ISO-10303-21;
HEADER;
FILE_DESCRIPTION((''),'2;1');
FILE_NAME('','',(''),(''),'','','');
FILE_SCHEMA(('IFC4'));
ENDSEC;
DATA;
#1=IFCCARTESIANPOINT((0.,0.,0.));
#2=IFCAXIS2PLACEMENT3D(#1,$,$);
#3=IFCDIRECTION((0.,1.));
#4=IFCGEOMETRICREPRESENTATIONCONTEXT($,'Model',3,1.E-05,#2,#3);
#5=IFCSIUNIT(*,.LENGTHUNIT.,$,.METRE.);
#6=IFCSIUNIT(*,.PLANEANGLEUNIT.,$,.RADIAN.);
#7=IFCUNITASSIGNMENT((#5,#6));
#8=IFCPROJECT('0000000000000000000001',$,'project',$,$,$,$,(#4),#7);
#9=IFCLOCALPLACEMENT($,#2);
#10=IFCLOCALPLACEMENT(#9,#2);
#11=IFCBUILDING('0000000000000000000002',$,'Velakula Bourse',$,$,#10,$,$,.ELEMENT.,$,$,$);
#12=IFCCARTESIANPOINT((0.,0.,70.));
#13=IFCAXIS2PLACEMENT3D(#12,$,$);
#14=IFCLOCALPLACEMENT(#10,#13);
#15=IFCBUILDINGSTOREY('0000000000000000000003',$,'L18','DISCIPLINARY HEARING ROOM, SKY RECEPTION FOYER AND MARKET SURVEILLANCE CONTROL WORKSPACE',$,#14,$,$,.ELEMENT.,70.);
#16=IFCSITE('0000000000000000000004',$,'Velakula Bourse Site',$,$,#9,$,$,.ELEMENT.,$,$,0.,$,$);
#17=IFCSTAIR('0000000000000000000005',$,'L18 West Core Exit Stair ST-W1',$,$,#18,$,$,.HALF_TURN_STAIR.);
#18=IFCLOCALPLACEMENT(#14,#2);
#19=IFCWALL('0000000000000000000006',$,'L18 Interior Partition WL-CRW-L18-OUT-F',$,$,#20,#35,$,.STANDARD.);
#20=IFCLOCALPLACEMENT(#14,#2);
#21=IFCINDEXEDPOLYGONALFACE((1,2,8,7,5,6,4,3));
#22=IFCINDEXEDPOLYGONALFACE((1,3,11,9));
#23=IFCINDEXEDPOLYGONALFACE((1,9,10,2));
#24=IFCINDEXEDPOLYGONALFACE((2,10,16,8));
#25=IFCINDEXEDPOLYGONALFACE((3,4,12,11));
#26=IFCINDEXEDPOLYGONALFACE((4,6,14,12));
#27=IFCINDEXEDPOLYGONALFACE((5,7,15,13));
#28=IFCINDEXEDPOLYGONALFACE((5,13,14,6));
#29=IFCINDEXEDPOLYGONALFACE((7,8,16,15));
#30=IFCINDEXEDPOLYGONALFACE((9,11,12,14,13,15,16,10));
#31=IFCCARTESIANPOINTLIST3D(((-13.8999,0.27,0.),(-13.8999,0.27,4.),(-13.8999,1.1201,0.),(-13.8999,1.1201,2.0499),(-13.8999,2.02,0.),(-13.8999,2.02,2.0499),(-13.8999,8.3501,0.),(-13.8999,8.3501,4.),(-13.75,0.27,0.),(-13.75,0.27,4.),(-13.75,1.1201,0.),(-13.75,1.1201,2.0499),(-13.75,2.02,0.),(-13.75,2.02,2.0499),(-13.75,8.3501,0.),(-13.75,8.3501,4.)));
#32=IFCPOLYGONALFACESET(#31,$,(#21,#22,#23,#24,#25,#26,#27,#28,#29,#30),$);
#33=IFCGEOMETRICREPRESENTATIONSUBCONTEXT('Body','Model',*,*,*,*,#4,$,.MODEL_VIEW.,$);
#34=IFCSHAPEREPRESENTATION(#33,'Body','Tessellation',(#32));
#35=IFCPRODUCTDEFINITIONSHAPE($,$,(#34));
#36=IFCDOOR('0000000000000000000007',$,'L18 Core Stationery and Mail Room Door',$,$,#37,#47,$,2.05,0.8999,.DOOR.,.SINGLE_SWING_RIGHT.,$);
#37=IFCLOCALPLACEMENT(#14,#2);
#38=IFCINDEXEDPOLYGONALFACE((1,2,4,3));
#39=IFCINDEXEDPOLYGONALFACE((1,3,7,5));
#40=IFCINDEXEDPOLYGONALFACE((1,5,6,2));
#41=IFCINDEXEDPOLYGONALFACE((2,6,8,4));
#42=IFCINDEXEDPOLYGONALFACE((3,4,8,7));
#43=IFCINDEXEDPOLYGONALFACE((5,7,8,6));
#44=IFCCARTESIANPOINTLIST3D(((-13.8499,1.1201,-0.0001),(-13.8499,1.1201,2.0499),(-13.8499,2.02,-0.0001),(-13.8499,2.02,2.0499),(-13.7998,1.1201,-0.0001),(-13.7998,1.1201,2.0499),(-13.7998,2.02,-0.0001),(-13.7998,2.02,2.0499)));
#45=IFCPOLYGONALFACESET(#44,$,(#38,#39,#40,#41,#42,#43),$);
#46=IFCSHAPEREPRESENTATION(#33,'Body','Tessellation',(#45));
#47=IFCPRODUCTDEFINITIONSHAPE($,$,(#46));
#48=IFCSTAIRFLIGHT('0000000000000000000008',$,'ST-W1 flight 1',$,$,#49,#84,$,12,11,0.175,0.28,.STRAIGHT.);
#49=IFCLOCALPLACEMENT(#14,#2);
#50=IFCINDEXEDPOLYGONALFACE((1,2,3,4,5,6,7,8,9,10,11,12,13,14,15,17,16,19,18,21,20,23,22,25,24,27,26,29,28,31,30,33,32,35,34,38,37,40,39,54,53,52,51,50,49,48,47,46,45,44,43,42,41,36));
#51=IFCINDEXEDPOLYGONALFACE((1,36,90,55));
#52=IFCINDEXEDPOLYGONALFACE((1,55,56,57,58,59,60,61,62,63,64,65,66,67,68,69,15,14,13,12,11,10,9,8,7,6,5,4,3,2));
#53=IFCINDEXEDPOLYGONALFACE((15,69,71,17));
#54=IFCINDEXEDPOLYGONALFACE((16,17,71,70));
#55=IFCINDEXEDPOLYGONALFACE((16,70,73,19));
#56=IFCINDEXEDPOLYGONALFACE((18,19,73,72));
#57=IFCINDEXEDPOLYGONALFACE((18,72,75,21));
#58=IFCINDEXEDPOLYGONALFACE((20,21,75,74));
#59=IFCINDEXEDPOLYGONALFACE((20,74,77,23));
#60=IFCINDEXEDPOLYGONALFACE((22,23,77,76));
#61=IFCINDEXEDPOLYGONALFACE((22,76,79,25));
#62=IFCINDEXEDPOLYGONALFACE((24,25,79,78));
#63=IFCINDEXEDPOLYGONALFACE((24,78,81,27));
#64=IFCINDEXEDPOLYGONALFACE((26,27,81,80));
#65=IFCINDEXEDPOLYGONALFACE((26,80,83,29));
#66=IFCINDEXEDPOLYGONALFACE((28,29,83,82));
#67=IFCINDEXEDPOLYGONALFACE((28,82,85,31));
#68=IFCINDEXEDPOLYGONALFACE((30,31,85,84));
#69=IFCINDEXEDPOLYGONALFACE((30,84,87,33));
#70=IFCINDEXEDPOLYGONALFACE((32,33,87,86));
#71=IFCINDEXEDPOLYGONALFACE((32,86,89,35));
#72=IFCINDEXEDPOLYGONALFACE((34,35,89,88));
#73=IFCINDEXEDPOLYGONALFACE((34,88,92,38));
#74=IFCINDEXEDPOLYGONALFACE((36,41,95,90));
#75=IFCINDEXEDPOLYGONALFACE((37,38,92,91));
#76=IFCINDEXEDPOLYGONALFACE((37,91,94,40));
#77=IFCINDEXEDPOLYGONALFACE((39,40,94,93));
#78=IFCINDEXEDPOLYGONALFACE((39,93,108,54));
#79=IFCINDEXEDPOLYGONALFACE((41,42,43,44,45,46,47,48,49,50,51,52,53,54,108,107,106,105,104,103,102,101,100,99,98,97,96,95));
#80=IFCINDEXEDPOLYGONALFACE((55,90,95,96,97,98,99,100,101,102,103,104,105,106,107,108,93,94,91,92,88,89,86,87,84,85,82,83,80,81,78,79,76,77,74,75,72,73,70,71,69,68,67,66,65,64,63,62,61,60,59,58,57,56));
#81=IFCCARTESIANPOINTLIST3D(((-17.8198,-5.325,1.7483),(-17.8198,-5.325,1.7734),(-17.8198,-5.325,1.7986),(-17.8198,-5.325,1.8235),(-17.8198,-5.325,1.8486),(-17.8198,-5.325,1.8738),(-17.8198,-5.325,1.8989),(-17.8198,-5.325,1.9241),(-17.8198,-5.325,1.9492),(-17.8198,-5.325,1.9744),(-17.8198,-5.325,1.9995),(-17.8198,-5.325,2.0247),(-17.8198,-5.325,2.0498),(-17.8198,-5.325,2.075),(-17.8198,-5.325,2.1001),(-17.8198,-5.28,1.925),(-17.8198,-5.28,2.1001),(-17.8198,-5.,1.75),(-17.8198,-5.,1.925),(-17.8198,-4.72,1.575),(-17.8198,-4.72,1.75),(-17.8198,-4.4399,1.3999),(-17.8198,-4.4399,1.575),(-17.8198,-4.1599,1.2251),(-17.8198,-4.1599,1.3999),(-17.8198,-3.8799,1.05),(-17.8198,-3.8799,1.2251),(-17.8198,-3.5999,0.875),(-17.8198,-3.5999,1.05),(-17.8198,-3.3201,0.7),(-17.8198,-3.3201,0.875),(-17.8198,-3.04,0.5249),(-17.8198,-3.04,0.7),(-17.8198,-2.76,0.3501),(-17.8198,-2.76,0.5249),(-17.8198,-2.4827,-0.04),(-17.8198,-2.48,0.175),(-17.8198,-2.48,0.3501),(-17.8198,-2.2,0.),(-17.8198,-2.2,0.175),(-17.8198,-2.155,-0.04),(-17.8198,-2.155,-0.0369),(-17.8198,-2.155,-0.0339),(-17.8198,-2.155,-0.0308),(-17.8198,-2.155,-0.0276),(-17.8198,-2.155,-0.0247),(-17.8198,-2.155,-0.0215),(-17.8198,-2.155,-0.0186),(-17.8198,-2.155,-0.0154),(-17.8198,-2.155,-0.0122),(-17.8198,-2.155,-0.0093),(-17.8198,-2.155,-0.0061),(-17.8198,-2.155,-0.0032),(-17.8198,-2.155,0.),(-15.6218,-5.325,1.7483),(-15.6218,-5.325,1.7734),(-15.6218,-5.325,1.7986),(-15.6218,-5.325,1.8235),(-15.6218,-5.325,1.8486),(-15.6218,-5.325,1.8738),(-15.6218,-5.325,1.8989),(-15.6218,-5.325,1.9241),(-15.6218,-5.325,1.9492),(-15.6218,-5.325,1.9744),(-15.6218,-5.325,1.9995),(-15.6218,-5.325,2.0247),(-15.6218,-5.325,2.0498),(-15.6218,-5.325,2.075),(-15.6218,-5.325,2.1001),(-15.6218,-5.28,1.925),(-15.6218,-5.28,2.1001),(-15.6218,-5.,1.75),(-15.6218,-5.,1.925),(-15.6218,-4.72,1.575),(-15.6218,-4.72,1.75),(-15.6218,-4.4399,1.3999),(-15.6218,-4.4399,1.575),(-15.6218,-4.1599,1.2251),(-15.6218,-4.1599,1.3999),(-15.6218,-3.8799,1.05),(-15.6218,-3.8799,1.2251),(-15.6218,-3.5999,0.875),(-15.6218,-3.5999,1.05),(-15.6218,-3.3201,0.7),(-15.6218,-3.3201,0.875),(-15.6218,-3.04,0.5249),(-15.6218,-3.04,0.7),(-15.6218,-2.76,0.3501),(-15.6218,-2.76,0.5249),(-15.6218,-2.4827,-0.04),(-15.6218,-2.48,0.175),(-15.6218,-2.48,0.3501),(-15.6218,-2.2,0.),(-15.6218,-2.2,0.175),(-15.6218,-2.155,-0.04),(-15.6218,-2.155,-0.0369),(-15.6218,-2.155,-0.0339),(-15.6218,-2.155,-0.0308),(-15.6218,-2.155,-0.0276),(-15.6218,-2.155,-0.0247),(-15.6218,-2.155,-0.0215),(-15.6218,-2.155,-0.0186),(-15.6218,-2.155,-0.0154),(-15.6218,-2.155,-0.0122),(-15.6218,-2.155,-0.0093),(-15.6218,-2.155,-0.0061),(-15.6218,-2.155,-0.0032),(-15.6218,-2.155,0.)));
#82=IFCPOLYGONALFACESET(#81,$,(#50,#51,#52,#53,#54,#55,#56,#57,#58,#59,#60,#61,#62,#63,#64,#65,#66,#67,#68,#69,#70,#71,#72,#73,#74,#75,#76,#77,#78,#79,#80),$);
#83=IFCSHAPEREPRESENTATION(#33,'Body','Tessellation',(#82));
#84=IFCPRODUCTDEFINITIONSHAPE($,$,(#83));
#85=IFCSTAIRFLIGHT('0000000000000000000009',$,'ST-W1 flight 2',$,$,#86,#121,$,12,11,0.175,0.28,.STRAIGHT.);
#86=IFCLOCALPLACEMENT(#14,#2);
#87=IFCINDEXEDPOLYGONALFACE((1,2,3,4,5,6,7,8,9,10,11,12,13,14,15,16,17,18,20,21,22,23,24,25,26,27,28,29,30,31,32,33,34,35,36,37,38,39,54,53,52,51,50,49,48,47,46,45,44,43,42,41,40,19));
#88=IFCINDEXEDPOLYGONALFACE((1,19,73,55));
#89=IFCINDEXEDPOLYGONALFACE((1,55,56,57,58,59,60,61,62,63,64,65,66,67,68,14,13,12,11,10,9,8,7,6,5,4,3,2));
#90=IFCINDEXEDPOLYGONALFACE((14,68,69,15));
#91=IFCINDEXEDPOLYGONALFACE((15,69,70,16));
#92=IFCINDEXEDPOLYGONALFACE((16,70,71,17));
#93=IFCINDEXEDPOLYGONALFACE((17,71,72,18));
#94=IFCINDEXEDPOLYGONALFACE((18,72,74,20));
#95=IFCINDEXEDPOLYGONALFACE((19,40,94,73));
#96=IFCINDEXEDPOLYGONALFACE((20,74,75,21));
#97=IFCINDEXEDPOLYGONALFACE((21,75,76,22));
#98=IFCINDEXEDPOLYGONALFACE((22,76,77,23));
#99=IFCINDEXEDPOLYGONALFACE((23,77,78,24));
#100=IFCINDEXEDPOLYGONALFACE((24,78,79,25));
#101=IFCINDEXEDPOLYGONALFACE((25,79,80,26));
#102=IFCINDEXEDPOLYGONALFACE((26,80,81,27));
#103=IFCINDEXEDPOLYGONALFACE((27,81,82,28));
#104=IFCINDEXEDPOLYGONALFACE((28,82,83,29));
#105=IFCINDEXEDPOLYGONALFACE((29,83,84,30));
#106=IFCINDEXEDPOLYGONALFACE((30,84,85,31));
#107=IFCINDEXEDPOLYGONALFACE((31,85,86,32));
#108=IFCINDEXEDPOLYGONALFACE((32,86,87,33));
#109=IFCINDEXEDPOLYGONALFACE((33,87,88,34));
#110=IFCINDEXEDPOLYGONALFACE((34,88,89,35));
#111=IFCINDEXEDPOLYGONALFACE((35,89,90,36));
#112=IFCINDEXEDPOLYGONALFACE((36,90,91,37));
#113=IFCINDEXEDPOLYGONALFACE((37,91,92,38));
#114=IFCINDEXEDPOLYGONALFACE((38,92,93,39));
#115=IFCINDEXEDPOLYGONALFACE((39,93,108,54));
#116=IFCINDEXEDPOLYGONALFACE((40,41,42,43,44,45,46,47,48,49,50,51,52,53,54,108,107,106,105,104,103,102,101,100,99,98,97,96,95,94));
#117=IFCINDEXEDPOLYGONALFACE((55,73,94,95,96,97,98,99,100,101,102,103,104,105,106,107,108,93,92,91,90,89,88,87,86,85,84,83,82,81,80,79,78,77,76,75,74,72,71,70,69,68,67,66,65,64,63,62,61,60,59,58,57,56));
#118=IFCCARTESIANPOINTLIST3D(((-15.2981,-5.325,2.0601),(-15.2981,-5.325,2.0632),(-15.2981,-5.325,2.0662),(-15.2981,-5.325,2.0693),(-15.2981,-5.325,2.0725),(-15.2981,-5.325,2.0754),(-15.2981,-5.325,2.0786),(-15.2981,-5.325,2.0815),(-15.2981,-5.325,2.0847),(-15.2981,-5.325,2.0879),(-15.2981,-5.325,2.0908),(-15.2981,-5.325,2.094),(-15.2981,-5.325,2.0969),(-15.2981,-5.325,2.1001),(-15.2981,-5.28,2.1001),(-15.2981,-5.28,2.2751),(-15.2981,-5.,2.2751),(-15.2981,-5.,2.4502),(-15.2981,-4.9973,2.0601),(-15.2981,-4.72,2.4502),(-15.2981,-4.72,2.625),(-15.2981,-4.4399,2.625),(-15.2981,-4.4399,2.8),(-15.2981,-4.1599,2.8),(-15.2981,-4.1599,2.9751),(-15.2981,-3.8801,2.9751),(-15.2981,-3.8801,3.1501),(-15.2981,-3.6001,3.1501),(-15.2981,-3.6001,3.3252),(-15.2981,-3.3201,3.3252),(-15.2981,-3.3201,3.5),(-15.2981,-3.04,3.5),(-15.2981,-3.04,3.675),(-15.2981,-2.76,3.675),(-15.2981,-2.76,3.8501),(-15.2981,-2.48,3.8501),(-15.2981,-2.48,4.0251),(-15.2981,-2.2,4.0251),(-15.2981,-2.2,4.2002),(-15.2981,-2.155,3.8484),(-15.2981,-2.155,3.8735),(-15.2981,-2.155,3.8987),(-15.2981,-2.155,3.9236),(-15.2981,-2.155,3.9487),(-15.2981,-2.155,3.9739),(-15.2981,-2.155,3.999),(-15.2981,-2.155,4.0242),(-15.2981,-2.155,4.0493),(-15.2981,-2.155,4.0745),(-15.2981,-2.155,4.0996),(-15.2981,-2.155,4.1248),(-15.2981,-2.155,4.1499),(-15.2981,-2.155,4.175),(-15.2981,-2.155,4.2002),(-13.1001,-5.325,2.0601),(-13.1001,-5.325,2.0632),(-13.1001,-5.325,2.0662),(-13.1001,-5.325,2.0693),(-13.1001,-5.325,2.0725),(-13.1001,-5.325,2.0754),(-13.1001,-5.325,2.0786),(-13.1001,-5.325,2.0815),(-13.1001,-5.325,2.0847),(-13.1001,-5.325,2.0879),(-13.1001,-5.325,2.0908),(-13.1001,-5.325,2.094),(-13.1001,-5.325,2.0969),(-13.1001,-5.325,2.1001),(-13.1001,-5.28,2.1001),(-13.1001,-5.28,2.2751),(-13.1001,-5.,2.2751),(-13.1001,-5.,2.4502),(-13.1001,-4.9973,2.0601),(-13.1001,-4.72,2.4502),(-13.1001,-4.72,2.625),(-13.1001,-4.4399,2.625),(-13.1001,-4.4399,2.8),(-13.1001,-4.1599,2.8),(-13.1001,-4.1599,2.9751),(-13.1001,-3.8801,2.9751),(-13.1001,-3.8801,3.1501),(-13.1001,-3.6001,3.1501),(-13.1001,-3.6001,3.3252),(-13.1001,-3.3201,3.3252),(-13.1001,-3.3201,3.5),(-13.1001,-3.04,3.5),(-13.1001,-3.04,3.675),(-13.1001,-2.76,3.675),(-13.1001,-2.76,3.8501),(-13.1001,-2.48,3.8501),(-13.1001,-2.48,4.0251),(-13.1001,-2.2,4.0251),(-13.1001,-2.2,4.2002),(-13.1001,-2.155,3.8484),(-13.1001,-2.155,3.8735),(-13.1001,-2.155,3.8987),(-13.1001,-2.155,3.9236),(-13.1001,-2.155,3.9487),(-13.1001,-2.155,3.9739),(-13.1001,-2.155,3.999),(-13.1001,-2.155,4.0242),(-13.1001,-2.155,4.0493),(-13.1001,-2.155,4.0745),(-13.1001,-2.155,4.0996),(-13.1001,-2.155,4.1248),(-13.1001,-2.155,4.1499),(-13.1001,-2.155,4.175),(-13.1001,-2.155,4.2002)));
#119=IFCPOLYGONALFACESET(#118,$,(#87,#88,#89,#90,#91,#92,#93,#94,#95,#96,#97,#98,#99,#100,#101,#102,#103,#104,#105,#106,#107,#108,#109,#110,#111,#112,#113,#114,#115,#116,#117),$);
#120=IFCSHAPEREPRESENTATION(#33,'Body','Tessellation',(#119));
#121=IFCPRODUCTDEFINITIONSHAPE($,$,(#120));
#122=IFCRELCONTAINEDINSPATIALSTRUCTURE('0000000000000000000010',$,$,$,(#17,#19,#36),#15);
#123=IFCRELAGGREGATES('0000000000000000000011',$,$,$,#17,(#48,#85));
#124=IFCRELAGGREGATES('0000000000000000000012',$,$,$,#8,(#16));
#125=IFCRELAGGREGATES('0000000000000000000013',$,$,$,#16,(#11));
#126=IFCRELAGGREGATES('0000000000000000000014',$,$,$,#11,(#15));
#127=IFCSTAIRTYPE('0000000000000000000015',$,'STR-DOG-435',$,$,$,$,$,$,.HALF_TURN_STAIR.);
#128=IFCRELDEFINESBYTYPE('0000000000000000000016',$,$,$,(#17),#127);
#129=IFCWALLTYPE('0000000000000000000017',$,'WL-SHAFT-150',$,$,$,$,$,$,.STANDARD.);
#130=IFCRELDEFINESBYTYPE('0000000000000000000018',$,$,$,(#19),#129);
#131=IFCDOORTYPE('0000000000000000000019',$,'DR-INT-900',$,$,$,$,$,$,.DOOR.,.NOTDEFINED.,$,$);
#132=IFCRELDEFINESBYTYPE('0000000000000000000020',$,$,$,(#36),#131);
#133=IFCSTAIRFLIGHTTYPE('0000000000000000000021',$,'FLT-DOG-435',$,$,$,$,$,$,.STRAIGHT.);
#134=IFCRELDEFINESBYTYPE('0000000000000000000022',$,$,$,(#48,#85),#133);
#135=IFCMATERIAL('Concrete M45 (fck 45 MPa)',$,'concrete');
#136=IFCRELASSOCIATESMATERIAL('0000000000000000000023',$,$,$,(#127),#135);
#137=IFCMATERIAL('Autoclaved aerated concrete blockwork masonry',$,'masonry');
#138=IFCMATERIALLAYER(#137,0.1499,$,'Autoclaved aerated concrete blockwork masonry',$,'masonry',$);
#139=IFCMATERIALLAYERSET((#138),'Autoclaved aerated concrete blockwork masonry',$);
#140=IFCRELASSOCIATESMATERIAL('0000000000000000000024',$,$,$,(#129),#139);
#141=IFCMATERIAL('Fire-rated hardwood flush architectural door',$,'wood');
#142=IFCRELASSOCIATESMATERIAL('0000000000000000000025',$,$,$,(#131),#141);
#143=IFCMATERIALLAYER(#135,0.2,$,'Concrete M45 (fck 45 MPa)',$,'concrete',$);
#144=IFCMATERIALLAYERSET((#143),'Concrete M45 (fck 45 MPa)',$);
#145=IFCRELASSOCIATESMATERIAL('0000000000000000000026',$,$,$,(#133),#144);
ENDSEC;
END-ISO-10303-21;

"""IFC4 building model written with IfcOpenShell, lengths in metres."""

from ifc_helpers import new_model, si_unit, direction, frame, frame_2d, origin, place, context, subcontext, project, spatial, polyline, rectangle, outline, extrude, material, layer, layer_set, type_object, element, fill, aggregate, save


model = new_model("IFC4")

# Units and contexts
model_context = context("Model", 3, precision=1e-05, world=origin(), true_north=direction((0.0, 1.0)))
body_context = subcontext(model_context, "Body", "Model", "MODEL_VIEW")
ifc_project = project(units=[si_unit("LENGTHUNIT", "METRE"), si_unit("PLANEANGLEUNIT", "RADIAN")], contexts=[model_context])

# Site, building, storey
site_placement = place(None, origin())
site = spatial("IfcSite", under=ifc_project, at=site_placement, Name="Velakula Bourse Site", CompositionType="ELEMENT", RefElevation=0.0)
building_placement = place(site_placement, origin())
building = spatial("IfcBuilding", under=site, at=building_placement, Name="Velakula Bourse", CompositionType="ELEMENT")
storey_placement = place(building_placement, frame((0.0, 0.0, 70.0)))
storey = spatial("IfcBuildingStorey", under=building, at=storey_placement, Name="L18", Description="DISCIPLINARY HEARING ROOM, SKY RECEPTION FOYER AND MARKET SURVEILLANCE CONTROL WORKSPACE", CompositionType="ELEMENT", Elevation=70.0)

# Stair
ifc_material_1 = material(Name="Concrete M45 (fck 45 MPa)", Category="concrete")
stair_type = type_object("IfcStairType", Name="STR-DOG-435", PredefinedType="HALF_TURN_STAIR", material=ifc_material_1)
stair_1_placement = place(storey_placement, origin())
stair_1 = element("IfcStair", 1, at=stair_1_placement, inside=storey, type_object=stair_type, Name="L18 West Core Exit Stair ST-W1", PredefinedType="HALF_TURN_STAIR")

# Shared definitions
ifc_material_2 = material(Name="Autoclaved aerated concrete blockwork masonry", Category="masonry")
ifc_layer_1 = layer(ifc_material_2, 0.1499, Name="Autoclaved aerated concrete blockwork masonry", Category="masonry")
ifc_layer_set_1 = layer_set([ifc_layer_1], Name="Autoclaved aerated concrete blockwork masonry")
wall_type_1 = type_object("IfcWallType", Name="WL-SHAFT-150", PredefinedType="STANDARD", material=ifc_layer_set_1)

# Wall, opening, door
wall_1_placement = place(storey_placement, frame((-13.825, 0.27, 0.0), z_axis=(0.0, 0.0, 1.0), x_axis=(0.0, 1.0, 0.0)))
wall_1 = element("IfcWall", 2, at=wall_1_placement, inside=storey, type_object=wall_type_1, Name="L18 Interior Partition WL-CRW-L18-OUT-F", PredefinedType="STANDARD", context=body_context, shape_type="SweptSolid", body=[
    extrude(rectangle(XDim=8.0801, YDim=0.1499, at=frame_2d((4.04, 0.0))), origin(), (0.0, 0.0, 1.0), 4.0),
])
opening_placement = place(wall_1_placement, frame((0.8501, 0.0, 0.0)))
opening = element("IfcOpeningElement", 3, at=opening_placement, cuts=wall_1, PredefinedType="OPENING", context=body_context, shape_type="SweptSolid", body=[
    extrude(rectangle(XDim=0.8999, YDim=2.05, at=frame_2d((0.45, 1.0249))), frame((0.0, 0.085, 0.0), z_axis=(0.0, -1.0, 0.0), x_axis=(1.0, 0.0, 0.0)), (0.0, 0.0, 1.0), 0.1699),
])
ifc_material_3 = material(Name="Fire-rated hardwood flush architectural door", Category="wood")
door_type = type_object("IfcDoorType", Name="DR-INT-900", OperationType="NOTDEFINED", PredefinedType="DOOR", material=ifc_material_3)
door_placement = place(opening_placement, origin())
door = element("IfcDoor", 4, at=door_placement, inside=storey, type_object=door_type, Name="L18 Core Stationery and Mail Room Door", OperationType="SINGLE_SWING_RIGHT", OverallHeight=2.05, OverallWidth=0.8999, PredefinedType="DOOR", context=body_context, shape_type="SweptSolid", body=[
    extrude(rectangle(XDim=0.8999, YDim=2.05, at=frame_2d((0.45, 1.0249))), frame((0.0, 0.0249, 0.0), z_axis=(0.0, -1.0, 0.0), x_axis=(1.0, 0.0, 0.0)), (0.0, 0.0, 1.0), 0.05),
])
fill(opening, door)

# Stair flights
ifc_layer_2 = layer(ifc_material_1, 0.2, Name="Concrete M45 (fck 45 MPa)", Category="concrete")
ifc_layer_set_2 = layer_set([ifc_layer_2], Name="Concrete M45 (fck 45 MPa)")
stair_flight_type = type_object("IfcStairFlightType", Name="FLT-DOG-435", PredefinedType="STRAIGHT", material=ifc_layer_set_2)
stair_flight_1_placement = place(storey_placement, frame((-16.7209, -2.2, 0.0), z_axis=(0.0, 0.0, 1.0), x_axis=(0.0, -1.0, 0.0)))
stair_flight_1 = element("IfcStairFlight", 5, at=stair_flight_1_placement, type_object=stair_flight_type, Name="ST-W1 flight 1", NumberOfRisers=12, NumberOfTreads=11, PredefinedType="STRAIGHT", RiserHeight=0.175, TreadLength=0.28, context=body_context, shape_type="SweptSolid", body=[
    extrude(outline(polyline([(-0.0449, -0.04), (-0.0449, -0.0369), (-0.0449, -0.0339), (-0.0449, -0.0308), (-0.0449, -0.0276), (-0.0449, -0.0247), (-0.0449, -0.0215), (-0.0449, -0.0186), (-0.0449, -0.0154), (-0.0449, -0.0122), (-0.0449, -0.0093), (-0.0449, -0.0061), (-0.0449, -0.0032), (-0.0449, 0.0), (0.0, 0.0), (0.0, 0.175), (0.28, 0.175), (0.28, 0.3501), (0.5601, 0.3501), (0.5601, 0.5249), (0.8401, 0.5249), (0.8401, 0.7), (1.1201, 0.7), (1.1201, 0.875), (1.3999, 0.875), (1.3999, 1.05), (1.6799, 1.05), (1.6799, 1.2251), (1.96, 1.2251), (1.96, 1.3999), (2.24, 1.3999), (2.24, 1.575), (2.52, 1.575), (2.52, 1.75), (2.8, 1.75), (2.8, 1.925), (3.0801, 1.925), (3.0801, 2.1001), (3.125, 2.1001), (3.125, 2.075), (3.125, 2.0498), (3.125, 2.0247), (3.125, 1.9995), (3.125, 1.9744), (3.125, 1.9492), (3.125, 1.9241), (3.125, 1.8989), (3.125, 1.8738), (3.125, 1.8486), (3.125, 1.8235), (3.125, 1.7986), (3.125, 1.7734), (3.125, 1.7483), (0.2827, -0.04), (-0.0449, -0.04)])), frame((0.0, 1.0991, 0.0), z_axis=(0.0, -1.0, 0.0), x_axis=(1.0, 0.0, 0.0)), (0.0, 0.0, 1.0), 2.198),
])
stair_flight_2_placement = place(storey_placement, frame((-14.199, -5.28, 2.1001), z_axis=(0.0, 0.0, 1.0), x_axis=(0.0, 1.0, 0.0)))
stair_flight_2 = element("IfcStairFlight", 6, at=stair_flight_2_placement, type_object=stair_flight_type, Name="ST-W1 flight 2", NumberOfRisers=12, NumberOfTreads=11, PredefinedType="STRAIGHT", RiserHeight=0.175, TreadLength=0.28, context=body_context, shape_type="SweptSolid", body=[
    extrude(outline(polyline([(-0.0449, -0.04), (-0.0449, -0.0369), (-0.0449, -0.0339), (-0.0449, -0.0308), (-0.0449, -0.0276), (-0.0449, -0.0247), (-0.0449, -0.0215), (-0.0449, -0.0186), (-0.0449, -0.0154), (-0.0449, -0.0122), (-0.0449, -0.0093), (-0.0449, -0.0061), (-0.0449, -0.0032), (-0.0449, 0.0), (0.0, 0.0), (0.0, 0.175), (0.28, 0.175), (0.28, 0.3501), (0.5601, 0.3501), (0.5601, 0.5249), (0.8401, 0.5249), (0.8401, 0.7), (1.1201, 0.7), (1.1201, 0.875), (1.3999, 0.875), (1.3999, 1.05), (1.6799, 1.05), (1.6799, 1.2251), (1.96, 1.2251), (1.96, 1.3999), (2.24, 1.3999), (2.24, 1.575), (2.52, 1.575), (2.52, 1.75), (2.8, 1.75), (2.8, 1.925), (3.0801, 1.925), (3.0801, 2.1001), (3.125, 2.1001), (3.125, 2.075), (3.125, 2.0498), (3.125, 2.0247), (3.125, 1.9995), (3.125, 1.9744), (3.125, 1.9492), (3.125, 1.9241), (3.125, 1.8989), (3.125, 1.8738), (3.125, 1.8486), (3.125, 1.8235), (3.125, 1.7986), (3.125, 1.7734), (3.125, 1.7483), (0.2827, -0.04), (-0.0449, -0.04)])), frame((0.0, 1.0991, 0.0), z_axis=(0.0, -1.0, 0.0), x_axis=(1.0, 0.0, 0.0)), (0.0, 0.0, 1.0), 2.198),
])
aggregate(stair_1, [stair_flight_1, stair_flight_2])

save(model, "model.ifc")
